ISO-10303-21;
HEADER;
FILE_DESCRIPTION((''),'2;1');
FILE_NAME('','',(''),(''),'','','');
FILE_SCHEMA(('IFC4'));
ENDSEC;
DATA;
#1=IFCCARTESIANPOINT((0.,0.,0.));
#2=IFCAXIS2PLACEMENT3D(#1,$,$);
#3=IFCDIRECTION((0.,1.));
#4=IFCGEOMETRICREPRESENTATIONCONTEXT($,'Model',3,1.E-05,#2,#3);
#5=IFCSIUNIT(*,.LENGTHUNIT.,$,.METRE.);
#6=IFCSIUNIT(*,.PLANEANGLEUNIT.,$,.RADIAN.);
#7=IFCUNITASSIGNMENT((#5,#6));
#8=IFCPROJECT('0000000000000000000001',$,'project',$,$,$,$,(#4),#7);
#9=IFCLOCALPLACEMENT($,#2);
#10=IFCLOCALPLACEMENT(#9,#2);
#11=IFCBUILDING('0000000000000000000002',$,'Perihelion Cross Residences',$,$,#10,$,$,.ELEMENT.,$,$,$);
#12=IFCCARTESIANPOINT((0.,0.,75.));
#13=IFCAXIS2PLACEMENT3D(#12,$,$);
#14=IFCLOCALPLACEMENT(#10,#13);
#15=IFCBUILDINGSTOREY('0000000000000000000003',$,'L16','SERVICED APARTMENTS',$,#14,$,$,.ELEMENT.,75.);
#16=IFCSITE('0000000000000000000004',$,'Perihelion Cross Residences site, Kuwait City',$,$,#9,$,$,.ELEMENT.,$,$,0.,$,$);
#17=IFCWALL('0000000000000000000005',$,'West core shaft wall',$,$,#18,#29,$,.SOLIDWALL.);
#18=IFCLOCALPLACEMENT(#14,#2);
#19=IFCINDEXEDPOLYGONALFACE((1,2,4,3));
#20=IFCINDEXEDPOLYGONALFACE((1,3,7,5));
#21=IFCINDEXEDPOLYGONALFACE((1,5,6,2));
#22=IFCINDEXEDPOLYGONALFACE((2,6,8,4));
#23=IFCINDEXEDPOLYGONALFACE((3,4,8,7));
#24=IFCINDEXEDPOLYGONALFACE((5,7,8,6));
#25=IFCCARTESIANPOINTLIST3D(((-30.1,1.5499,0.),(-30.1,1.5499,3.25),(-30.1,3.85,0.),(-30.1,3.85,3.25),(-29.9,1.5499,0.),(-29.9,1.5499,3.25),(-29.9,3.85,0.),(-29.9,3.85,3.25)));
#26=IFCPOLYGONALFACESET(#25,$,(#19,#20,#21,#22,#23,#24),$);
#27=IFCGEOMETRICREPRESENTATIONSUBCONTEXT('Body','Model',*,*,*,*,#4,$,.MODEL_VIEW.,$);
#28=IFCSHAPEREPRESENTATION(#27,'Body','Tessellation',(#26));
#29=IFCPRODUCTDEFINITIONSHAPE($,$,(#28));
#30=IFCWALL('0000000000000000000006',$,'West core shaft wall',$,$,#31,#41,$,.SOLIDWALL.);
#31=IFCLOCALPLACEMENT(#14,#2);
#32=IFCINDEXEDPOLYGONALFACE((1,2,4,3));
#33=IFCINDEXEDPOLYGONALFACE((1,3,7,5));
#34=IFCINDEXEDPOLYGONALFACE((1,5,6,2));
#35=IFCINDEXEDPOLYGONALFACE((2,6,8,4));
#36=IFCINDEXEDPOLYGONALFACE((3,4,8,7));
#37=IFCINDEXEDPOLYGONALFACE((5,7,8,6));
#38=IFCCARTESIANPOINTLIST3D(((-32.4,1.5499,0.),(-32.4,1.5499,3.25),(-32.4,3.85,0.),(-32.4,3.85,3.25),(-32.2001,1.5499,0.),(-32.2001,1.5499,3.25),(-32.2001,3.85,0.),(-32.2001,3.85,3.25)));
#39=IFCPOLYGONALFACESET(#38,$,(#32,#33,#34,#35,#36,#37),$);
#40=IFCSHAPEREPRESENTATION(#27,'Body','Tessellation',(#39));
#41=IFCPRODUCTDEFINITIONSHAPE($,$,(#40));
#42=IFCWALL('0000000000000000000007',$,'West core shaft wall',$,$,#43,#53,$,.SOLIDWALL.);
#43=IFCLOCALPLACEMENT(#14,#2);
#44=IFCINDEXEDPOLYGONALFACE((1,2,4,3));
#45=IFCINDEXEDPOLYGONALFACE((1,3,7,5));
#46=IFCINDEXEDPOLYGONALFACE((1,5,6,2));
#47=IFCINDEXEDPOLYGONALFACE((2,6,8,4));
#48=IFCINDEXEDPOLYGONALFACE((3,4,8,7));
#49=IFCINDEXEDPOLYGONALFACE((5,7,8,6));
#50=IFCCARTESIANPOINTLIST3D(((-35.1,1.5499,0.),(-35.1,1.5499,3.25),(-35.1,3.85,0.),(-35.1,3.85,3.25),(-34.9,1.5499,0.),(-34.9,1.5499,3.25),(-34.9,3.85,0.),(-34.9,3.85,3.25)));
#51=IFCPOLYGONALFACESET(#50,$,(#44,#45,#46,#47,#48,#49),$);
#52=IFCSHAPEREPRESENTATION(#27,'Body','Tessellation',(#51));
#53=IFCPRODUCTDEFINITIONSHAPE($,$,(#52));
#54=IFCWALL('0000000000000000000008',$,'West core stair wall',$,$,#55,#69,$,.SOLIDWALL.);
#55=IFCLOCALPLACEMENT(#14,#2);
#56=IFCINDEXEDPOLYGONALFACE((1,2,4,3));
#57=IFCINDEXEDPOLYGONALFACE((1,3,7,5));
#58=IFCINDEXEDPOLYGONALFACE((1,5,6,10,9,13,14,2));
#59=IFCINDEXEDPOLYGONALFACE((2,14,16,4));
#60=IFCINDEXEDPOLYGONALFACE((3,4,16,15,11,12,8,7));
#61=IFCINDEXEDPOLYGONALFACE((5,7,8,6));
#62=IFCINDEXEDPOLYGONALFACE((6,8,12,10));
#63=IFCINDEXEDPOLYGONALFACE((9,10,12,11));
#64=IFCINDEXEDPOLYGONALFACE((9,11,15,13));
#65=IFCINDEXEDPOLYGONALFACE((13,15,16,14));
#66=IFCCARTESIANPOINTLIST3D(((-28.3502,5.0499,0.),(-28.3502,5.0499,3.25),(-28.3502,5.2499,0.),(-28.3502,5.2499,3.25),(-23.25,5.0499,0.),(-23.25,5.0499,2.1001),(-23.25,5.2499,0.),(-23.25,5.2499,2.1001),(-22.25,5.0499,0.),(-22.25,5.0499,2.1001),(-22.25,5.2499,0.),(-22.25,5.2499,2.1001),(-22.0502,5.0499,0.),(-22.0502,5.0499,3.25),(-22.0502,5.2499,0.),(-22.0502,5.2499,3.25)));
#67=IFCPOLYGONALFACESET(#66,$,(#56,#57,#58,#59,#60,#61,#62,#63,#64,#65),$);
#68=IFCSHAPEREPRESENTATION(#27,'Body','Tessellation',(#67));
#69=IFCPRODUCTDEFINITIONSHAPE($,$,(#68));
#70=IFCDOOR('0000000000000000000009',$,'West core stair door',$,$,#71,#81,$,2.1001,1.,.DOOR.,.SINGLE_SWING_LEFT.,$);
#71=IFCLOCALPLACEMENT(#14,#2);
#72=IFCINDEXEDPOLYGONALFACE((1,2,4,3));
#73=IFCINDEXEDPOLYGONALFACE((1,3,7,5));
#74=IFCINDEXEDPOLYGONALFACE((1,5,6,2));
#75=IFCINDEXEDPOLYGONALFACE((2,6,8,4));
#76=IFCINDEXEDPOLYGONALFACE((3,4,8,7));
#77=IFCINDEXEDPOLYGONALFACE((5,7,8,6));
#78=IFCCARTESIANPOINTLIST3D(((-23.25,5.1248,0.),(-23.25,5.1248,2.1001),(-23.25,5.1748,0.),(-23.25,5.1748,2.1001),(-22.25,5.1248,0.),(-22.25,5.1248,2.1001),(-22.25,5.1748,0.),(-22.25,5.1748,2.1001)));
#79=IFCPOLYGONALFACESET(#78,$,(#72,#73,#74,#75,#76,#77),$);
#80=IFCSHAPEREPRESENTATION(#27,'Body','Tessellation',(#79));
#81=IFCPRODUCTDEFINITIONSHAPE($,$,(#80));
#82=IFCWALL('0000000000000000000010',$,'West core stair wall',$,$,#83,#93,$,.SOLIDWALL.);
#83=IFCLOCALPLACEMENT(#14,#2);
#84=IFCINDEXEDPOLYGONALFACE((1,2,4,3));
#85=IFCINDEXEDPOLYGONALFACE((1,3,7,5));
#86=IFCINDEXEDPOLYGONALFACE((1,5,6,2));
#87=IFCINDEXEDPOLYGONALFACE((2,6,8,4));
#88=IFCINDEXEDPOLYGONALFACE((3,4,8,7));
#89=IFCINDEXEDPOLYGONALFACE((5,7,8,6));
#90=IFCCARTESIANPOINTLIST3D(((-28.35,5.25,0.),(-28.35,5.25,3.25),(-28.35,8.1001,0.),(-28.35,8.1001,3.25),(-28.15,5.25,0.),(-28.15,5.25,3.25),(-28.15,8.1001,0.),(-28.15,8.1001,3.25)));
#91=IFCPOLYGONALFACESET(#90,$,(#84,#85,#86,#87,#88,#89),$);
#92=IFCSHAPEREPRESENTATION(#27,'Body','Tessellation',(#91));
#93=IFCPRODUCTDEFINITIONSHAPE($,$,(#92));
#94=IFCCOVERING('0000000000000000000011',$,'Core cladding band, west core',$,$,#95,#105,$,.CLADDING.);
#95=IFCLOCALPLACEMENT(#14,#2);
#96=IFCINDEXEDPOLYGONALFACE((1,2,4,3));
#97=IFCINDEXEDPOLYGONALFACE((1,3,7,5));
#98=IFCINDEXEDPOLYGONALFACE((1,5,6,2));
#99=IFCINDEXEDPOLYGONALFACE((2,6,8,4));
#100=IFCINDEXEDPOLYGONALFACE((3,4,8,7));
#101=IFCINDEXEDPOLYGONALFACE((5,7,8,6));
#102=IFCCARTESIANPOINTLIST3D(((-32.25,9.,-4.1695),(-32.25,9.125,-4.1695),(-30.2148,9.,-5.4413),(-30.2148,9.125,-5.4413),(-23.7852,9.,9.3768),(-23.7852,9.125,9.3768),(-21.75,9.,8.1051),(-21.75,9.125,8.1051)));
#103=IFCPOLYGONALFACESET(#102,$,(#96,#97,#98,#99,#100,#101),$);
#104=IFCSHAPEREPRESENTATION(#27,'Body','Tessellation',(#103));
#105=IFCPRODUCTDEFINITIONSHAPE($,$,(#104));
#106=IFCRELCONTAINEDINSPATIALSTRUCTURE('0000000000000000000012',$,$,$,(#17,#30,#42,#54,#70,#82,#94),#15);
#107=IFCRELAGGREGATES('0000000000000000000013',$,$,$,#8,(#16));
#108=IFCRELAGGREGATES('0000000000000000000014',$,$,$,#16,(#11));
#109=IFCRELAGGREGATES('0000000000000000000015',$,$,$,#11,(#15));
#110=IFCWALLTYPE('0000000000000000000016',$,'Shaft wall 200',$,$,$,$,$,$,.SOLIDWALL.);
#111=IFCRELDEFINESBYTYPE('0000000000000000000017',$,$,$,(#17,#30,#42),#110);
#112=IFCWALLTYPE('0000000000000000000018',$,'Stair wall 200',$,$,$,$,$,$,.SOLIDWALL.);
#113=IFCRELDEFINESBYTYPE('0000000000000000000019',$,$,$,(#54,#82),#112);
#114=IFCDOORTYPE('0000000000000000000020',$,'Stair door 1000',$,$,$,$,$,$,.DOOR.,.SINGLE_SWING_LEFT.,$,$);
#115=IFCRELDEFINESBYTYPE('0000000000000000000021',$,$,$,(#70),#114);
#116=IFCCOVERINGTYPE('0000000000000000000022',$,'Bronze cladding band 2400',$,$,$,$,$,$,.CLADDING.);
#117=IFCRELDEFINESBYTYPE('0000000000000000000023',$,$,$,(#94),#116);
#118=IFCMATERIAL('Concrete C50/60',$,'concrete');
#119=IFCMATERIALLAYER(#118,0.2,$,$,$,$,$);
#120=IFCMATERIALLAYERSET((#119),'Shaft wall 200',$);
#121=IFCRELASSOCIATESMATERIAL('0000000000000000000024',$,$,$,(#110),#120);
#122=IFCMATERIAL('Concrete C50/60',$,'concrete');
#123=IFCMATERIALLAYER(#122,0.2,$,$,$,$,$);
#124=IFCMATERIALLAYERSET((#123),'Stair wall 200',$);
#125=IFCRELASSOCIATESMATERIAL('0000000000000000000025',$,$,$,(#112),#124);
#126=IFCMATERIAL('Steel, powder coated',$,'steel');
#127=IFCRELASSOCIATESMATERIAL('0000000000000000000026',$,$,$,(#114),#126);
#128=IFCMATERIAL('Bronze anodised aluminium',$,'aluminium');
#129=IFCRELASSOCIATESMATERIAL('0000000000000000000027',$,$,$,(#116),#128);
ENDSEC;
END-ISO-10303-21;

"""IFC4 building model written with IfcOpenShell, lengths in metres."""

from ifc_helpers import new_model, si_unit, direction, frame, frame_2d, origin, origin_2d, place, context, subcontext, project, spatial, rectangle, extrude, material, layer, layer_set, material_profile, profile_set, type_object, element, fill, save


model = new_model("IFC4")

# Units and contexts
model_context = context("Model", 3, precision=1e-05, world=origin(), true_north=direction((0.0, 1.0)))
body_context = subcontext(model_context, "Body", "Model", "MODEL_VIEW")
ifc_project = project(units=[si_unit("LENGTHUNIT", "METRE"), si_unit("PLANEANGLEUNIT", "RADIAN")], contexts=[model_context])

# Site, building, storey
site_placement = place(None, origin())
site = spatial("IfcSite", under=ifc_project, at=site_placement, Name="Perihelion Cross Residences site, Kuwait City", CompositionType="ELEMENT", RefElevation=0.0)
building_placement = place(site_placement, origin())
building = spatial("IfcBuilding", under=site, at=building_placement, Name="Perihelion Cross Residences", CompositionType="ELEMENT")
storey_placement = place(building_placement, frame((0.0, 0.0, 75.0)))
storey = spatial("IfcBuildingStorey", under=building, at=storey_placement, Name="L16", Description="SERVICED APARTMENTS", CompositionType="ELEMENT", Elevation=75.0)

# Shared definitions
ifc_material_1 = material(Name="Concrete C50/60", Category="concrete")
ifc_layer_1 = layer(ifc_material_1, 0.2)
ifc_layer_set_1 = layer_set([ifc_layer_1], Name="Shaft wall 200")
wall_type_1 = type_object("IfcWallType", Name="Shaft wall 200", PredefinedType="SOLIDWALL", material=ifc_layer_set_1)

# Walls
for number, where, z_axis, x_axis, name in (
    (1, (-30.0, 1.55, 0.0), (0.0, 0.0, 1.0), (0.0, 1.0, 0.0), "West core shaft wall"),
    (2, (-32.3, 1.55, 0.0), (0.0, 0.0, 1.0), (0.0, 1.0, 0.0), "West core shaft wall"),
    (3, (-35.0, 1.55, 0.0), (0.0, 0.0, 1.0), (0.0, 1.0, 0.0), "West core shaft wall"),
):
    element("IfcWall", number, at=place(storey_placement, frame(where, z_axis=z_axis, x_axis=x_axis)), inside=storey, type_object=wall_type_1, Name=name, PredefinedType="SOLIDWALL", context=body_context, shape_type="SweptSolid", body=[
        extrude(rectangle(XDim=2.3, YDim=0.2, at=frame_2d((1.1499, 0.0))), origin(), (0.0, 0.0, 1.0), 3.25),
    ])

# Wall, opening, door
ifc_material_2 = material(Name="Concrete C50/60", Category="concrete")
ifc_layer_2 = layer(ifc_material_2, 0.2)
ifc_layer_set_2 = layer_set([ifc_layer_2], Name="Stair wall 200")
wall_type_2 = type_object("IfcWallType", Name="Stair wall 200", PredefinedType="SOLIDWALL", material=ifc_layer_set_2)
wall_1_placement = place(storey_placement, frame((-28.3501, 5.1499, 0.0), z_axis=(0.0, 0.0, 1.0), x_axis=(1.0, 0.0, 0.0)))
wall_1 = element("IfcWall", 4, at=wall_1_placement, inside=storey, type_object=wall_type_2, Name="West core stair wall", PredefinedType="SOLIDWALL", context=body_context, shape_type="SweptSolid", body=[
    extrude(rectangle(XDim=6.3, YDim=0.2, at=frame_2d((3.1499, 0.0))), origin(), (0.0, 0.0, 1.0), 3.25),
])
opening_1_placement = place(wall_1_placement, frame((5.1001, 0.0, 0.0)))
opening_1 = element("IfcOpeningElement", 5, at=opening_1_placement, cuts=wall_1, PredefinedType="OPENING", context=body_context, shape_type="SweptSolid", body=[
    extrude(rectangle(XDim=1.0, YDim=2.1001, at=frame_2d((0.5, 1.05))), frame((0.0, 0.1099, 0.0), z_axis=(0.0, -1.0, 0.0), x_axis=(1.0, 0.0, 0.0)), (0.0, 0.0, 1.0), 0.22),
])
ifc_material_3 = material(Name="Steel, powder coated", Category="steel")
door_type_1 = type_object("IfcDoorType", Name="Stair door 1000", OperationType="SINGLE_SWING_LEFT", PredefinedType="DOOR", material=ifc_material_3)
door_1_placement = place(opening_1_placement, origin())
door_1 = element("IfcDoor", 6, at=door_1_placement, inside=storey, type_object=door_type_1, Name="West core stair door", OperationType="SINGLE_SWING_LEFT", OverallHeight=2.1001, OverallWidth=1.0, PredefinedType="DOOR", context=body_context, shape_type="SweptSolid", body=[
    extrude(rectangle(XDim=1.0, YDim=2.1001, at=frame_2d((0.5, 1.05))), frame((0.0, 0.0249, 0.0), z_axis=(0.0, -1.0, 0.0), x_axis=(1.0, 0.0, 0.0)), (0.0, 0.0, 1.0), 0.05),
])
fill(opening_1, door_1)

# Wall
wall_2_placement = place(storey_placement, frame((-28.25, 5.25, 0.0), z_axis=(0.0, 0.0, 1.0), x_axis=(0.0, 1.0, 0.0)))
element("IfcWall", 7, at=wall_2_placement, inside=storey, type_object=wall_type_2, Name="West core stair wall", PredefinedType="SOLIDWALL", context=body_context, shape_type="SweptSolid", body=[
    extrude(rectangle(XDim=2.8501, YDim=0.2, at=frame_2d((1.425, 0.0))), origin(), (0.0, 0.0, 1.0), 3.25),
])

# Covering
ifc_material_4 = material(Name="Bronze anodised aluminium", Category="aluminium")
ifc_material_profile = material_profile(ifc_material_4, rectangle(XDim=0.125, YDim=2.3999, at=origin_2d()), Name="Bronze cladding band 2400")
ifc_profile_set = profile_set([ifc_material_profile], Name="Bronze anodised aluminium")
covering_type = type_object("IfcCoveringType", Name="Bronze cladding band 2400", PredefinedType="CLADDING", material=ifc_profile_set)
covering_placement = place(storey_placement, frame((-31.2324, 9.0625, -4.8054), z_axis=(0.529925, 0.0, 0.848045), x_axis=(0.0, 1.0, 0.0)))
element("IfcCovering", 8, at=covering_placement, inside=storey, type_object=covering_type, Name="Core cladding band, west core", PredefinedType="CLADDING", context=body_context, shape_type="SweptSolid", body=[
    extrude(rectangle(XDim=0.125, YDim=2.3999, at=origin_2d()), origin(), (0.0, 0.0, 1.0), 15.9736),
])

save(model, "model.ifc")
